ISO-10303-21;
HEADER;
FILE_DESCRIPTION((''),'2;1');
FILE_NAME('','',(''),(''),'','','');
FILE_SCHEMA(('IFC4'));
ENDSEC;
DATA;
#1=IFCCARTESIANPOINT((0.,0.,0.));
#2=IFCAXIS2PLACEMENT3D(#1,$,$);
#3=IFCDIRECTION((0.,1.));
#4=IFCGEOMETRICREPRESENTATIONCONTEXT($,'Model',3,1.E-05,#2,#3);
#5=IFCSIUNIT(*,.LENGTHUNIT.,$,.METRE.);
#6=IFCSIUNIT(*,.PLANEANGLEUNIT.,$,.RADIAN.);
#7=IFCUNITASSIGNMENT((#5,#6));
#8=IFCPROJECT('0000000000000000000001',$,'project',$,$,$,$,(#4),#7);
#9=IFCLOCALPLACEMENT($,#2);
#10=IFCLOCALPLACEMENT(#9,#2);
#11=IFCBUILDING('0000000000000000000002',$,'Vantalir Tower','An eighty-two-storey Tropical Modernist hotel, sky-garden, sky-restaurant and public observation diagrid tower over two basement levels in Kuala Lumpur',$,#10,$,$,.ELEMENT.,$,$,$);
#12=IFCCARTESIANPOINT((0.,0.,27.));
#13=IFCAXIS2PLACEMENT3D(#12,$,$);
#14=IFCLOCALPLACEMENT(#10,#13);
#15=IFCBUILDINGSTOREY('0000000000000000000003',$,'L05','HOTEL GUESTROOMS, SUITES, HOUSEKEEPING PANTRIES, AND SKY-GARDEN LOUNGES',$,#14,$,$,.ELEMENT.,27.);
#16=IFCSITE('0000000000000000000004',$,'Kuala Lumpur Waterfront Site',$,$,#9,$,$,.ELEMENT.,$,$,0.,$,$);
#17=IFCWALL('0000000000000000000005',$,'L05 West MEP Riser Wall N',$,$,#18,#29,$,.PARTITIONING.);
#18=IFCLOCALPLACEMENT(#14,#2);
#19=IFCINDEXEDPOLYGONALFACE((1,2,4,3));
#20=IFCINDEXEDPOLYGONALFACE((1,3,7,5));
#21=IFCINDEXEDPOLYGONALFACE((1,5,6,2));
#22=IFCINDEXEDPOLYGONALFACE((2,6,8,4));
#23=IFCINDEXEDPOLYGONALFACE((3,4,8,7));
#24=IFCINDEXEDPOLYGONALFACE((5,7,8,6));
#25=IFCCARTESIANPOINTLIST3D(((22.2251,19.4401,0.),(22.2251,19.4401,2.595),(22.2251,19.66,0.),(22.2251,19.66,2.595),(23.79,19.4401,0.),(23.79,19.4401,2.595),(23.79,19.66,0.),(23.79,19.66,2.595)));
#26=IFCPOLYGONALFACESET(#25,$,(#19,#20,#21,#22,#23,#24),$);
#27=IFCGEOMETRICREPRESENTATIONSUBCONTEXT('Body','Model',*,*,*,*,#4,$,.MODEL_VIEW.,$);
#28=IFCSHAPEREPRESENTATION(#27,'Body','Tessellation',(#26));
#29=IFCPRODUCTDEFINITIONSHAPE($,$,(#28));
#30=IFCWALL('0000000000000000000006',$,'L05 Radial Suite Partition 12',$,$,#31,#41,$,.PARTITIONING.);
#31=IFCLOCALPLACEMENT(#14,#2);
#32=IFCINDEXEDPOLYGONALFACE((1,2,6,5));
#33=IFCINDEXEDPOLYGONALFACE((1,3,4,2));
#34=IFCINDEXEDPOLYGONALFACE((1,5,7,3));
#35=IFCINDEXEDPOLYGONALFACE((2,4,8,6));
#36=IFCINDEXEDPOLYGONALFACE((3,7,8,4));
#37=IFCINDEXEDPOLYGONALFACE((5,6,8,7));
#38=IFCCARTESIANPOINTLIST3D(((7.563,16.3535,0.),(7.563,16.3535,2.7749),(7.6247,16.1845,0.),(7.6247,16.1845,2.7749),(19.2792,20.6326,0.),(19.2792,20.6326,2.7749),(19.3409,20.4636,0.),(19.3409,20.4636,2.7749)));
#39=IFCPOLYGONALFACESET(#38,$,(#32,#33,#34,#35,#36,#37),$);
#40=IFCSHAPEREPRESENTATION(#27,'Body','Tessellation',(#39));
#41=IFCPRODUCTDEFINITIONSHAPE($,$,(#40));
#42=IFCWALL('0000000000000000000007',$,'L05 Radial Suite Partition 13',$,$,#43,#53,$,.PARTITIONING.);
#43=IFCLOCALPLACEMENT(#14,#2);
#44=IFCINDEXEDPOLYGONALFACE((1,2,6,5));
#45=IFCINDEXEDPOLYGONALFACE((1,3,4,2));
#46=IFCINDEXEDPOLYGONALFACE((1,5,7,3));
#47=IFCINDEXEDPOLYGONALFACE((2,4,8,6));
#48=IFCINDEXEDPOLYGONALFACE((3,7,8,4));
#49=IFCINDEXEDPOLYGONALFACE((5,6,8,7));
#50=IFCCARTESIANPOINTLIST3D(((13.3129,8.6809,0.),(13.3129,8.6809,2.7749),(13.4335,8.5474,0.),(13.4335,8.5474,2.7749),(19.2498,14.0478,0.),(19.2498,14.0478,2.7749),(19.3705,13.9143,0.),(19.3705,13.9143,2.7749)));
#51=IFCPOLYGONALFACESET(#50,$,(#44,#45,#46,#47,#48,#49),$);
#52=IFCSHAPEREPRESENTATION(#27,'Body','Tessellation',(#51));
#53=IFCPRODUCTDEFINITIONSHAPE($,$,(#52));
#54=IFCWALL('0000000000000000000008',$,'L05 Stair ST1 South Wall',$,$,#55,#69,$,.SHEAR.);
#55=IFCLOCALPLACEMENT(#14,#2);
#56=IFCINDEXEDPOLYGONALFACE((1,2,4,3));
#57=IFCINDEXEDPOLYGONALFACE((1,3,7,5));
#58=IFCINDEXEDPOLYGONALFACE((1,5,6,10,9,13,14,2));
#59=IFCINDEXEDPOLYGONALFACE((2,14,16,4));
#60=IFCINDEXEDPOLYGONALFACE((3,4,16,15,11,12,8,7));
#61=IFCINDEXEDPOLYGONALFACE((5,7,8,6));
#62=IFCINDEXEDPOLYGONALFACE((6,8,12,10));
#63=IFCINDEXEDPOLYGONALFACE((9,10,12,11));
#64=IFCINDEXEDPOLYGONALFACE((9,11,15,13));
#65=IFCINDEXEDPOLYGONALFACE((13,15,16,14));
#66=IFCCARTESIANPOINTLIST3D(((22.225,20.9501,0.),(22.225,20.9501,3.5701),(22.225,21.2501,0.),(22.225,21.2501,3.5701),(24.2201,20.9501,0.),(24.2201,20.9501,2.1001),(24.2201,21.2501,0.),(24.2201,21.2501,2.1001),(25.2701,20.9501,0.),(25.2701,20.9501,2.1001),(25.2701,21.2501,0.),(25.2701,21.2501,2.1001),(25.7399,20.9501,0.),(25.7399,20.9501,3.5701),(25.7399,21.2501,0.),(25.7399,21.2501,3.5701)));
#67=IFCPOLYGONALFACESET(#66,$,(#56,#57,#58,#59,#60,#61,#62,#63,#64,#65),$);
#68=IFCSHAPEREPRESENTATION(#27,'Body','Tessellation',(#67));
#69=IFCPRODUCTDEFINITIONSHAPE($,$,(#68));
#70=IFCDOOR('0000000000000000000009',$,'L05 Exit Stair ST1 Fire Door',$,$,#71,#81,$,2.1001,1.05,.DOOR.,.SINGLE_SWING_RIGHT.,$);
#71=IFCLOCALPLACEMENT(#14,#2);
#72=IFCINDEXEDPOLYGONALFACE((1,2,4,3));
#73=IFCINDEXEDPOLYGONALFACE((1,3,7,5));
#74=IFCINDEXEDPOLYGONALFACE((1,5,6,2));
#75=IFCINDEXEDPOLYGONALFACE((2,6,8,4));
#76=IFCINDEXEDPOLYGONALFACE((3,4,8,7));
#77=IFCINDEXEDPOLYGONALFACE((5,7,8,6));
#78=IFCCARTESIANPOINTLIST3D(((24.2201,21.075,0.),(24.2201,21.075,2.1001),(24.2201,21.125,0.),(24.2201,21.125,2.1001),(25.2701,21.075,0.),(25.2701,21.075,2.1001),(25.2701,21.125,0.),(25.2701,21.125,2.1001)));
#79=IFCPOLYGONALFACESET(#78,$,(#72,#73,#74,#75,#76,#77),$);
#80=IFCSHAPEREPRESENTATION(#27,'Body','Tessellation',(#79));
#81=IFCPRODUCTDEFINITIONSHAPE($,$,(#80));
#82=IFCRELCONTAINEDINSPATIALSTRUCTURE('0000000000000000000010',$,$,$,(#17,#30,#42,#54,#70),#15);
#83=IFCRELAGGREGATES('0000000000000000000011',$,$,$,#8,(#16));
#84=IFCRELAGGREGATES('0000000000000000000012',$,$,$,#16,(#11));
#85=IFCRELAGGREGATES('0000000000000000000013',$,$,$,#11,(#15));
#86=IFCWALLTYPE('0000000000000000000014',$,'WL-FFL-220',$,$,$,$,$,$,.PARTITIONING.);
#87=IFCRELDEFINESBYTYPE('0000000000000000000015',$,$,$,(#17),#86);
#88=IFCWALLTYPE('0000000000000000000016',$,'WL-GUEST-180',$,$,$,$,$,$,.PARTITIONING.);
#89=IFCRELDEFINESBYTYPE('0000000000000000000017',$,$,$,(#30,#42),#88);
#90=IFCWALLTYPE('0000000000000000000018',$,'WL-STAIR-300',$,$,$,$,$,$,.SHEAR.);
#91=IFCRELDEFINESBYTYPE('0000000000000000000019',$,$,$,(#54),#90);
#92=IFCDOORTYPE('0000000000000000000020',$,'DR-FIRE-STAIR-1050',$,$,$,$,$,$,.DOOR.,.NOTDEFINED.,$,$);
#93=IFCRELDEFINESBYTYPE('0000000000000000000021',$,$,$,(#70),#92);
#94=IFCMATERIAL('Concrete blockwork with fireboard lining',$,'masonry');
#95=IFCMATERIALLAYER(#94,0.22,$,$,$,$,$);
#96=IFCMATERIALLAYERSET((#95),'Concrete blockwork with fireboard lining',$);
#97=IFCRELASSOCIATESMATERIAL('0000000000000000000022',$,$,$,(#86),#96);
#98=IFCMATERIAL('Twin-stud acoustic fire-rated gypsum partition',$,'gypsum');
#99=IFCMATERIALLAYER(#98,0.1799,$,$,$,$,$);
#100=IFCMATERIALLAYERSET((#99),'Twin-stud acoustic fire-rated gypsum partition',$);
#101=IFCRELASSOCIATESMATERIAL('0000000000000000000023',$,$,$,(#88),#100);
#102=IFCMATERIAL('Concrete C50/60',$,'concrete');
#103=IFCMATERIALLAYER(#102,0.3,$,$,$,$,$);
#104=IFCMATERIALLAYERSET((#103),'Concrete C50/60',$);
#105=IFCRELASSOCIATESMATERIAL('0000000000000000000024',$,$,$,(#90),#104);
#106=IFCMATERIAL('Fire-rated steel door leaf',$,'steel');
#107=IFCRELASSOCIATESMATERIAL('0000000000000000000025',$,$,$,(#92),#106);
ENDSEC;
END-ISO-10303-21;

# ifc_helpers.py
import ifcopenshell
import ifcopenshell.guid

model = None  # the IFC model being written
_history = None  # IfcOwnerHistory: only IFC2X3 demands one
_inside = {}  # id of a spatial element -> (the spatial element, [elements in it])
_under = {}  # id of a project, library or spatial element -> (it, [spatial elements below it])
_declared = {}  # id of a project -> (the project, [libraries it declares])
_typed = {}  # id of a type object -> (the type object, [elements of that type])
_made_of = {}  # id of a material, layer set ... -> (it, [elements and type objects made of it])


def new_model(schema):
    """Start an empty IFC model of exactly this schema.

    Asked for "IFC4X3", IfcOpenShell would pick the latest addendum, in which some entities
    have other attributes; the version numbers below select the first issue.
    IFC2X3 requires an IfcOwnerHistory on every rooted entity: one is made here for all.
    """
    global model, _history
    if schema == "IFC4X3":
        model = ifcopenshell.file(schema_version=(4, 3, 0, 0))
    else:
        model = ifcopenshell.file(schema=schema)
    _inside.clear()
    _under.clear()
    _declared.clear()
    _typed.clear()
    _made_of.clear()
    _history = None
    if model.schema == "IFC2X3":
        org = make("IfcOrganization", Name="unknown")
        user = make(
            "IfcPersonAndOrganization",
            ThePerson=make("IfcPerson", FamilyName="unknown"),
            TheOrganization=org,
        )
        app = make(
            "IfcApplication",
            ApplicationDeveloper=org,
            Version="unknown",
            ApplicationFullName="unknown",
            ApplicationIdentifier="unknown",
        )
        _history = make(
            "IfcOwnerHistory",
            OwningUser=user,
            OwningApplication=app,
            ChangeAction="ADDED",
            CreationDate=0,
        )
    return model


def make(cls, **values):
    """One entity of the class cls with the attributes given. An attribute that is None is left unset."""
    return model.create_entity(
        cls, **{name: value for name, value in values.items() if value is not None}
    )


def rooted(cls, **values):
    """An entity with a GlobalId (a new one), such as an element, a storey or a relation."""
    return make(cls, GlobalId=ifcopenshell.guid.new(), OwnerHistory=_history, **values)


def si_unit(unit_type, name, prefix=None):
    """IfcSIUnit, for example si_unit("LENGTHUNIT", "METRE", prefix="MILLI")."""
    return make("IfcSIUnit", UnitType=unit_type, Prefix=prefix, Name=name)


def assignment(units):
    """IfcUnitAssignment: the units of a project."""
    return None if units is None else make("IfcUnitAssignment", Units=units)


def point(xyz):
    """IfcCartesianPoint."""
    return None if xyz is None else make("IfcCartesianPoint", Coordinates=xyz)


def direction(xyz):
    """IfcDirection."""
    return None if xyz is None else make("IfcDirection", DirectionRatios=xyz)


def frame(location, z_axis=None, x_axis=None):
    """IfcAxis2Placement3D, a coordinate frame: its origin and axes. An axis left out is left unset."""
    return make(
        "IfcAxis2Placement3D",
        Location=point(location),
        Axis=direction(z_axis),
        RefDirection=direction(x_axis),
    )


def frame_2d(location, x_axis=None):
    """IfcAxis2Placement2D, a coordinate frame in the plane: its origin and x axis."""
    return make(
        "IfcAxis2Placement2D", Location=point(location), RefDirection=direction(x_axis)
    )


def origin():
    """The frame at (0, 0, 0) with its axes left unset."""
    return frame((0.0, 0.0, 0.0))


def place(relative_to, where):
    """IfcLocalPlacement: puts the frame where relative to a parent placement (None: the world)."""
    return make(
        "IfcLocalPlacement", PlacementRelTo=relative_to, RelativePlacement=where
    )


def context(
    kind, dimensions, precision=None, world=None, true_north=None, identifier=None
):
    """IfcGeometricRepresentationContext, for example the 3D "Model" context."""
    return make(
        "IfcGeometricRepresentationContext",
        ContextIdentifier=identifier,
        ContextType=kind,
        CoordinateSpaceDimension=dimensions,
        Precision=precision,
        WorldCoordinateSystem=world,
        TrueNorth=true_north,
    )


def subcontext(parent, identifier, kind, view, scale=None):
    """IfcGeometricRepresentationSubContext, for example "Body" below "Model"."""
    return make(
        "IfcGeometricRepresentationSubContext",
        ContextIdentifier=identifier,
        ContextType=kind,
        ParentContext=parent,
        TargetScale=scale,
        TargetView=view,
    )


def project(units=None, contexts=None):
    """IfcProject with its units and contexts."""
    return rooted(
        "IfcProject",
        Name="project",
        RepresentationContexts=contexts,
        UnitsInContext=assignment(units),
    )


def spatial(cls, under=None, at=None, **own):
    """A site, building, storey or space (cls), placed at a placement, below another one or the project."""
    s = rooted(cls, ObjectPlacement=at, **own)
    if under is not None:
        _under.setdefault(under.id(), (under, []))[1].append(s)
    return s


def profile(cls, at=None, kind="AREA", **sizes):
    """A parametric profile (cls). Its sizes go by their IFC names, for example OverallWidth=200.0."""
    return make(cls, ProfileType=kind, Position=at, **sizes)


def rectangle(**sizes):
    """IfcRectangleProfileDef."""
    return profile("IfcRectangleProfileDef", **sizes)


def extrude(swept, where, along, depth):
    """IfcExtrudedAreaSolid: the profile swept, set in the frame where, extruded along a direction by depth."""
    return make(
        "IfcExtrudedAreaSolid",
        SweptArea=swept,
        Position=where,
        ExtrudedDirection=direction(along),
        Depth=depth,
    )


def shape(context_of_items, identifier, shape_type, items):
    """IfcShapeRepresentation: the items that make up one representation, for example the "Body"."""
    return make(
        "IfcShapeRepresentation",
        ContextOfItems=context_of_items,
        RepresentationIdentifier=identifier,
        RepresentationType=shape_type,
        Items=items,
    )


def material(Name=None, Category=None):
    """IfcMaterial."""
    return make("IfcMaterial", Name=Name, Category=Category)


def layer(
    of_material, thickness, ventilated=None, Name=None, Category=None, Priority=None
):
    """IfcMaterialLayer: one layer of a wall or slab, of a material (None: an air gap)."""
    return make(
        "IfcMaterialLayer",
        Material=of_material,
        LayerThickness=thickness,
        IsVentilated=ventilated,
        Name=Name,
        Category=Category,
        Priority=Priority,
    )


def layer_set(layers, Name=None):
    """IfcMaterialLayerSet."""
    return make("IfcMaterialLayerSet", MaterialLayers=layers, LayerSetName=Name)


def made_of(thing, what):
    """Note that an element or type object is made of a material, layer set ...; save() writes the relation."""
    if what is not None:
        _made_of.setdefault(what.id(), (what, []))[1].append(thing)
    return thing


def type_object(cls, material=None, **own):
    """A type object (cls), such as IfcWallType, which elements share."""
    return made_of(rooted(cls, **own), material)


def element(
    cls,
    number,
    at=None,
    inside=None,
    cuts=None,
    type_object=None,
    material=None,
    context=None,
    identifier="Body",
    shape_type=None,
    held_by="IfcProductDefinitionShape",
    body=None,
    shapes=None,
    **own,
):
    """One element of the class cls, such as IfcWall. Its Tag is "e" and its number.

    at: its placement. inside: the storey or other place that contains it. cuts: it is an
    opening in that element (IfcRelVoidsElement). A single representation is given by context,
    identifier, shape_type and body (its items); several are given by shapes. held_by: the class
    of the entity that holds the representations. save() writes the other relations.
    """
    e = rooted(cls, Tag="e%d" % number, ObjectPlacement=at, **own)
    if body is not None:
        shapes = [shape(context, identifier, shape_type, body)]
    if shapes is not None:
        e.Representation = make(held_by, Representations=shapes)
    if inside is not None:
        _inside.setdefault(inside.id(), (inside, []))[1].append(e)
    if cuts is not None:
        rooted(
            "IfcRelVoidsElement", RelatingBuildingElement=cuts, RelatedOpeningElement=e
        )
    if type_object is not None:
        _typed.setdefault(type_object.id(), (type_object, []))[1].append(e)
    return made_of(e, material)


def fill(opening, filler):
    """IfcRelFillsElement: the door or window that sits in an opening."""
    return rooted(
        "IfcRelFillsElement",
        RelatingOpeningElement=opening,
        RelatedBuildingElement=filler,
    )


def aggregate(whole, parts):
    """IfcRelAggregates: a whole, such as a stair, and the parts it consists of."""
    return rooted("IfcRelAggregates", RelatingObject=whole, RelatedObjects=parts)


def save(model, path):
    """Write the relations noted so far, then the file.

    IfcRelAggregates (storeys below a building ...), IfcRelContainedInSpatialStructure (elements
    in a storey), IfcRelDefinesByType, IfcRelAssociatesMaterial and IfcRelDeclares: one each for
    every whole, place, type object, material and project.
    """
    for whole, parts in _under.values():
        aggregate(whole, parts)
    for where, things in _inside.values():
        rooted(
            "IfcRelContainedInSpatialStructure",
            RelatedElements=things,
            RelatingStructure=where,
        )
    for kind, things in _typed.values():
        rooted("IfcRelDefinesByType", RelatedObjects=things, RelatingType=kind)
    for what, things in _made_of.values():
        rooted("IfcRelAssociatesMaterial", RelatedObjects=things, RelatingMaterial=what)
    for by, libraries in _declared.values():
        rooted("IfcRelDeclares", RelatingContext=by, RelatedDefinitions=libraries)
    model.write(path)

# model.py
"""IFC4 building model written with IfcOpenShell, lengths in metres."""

from ifc_helpers import new_model, si_unit, direction, frame, frame_2d, origin, place, context, subcontext, project, spatial, rectangle, extrude, material, layer, layer_set, type_object, element, fill, save


model = new_model("IFC4")

# Units and contexts
model_context = context("Model", 3, precision=1e-05, world=origin(), true_north=direction((0.0, 1.0)))
body_context = subcontext(model_context, "Body", "Model", "MODEL_VIEW")
ifc_project = project(units=[si_unit("LENGTHUNIT", "METRE"), si_unit("PLANEANGLEUNIT", "RADIAN")], contexts=[model_context])

# Site, building, storey
site_placement = place(None, origin())
site = spatial("IfcSite", under=ifc_project, at=site_placement, Name="Kuala Lumpur Waterfront Site", CompositionType="ELEMENT", RefElevation=0.0)
building_placement = place(site_placement, origin())
building = spatial("IfcBuilding", under=site, at=building_placement, Name="Vantalir Tower", Description="An eighty-two-storey Tropical Modernist hotel, sky-garden, sky-restaurant and public observation diagrid tower over two basement levels in Kuala Lumpur", CompositionType="ELEMENT")
storey_placement = place(building_placement, frame((0.0, 0.0, 27.0)))
storey = spatial("IfcBuildingStorey", under=building, at=storey_placement, Name="L05", Description="HOTEL GUESTROOMS, SUITES, HOUSEKEEPING PANTRIES, AND SKY-GARDEN LOUNGES", CompositionType="ELEMENT", Elevation=27.0)

# Walls
ifc_material_1 = material(Name="Concrete blockwork with fireboard lining", Category="masonry")
ifc_layer_1 = layer(ifc_material_1, 0.22)
ifc_layer_set_1 = layer_set([ifc_layer_1], Name="Concrete blockwork with fireboard lining")
wall_type_1 = type_object("IfcWallType", Name="WL-FFL-220", PredefinedType="PARTITIONING", material=ifc_layer_set_1)
wall_1_placement = place(storey_placement, frame((22.2251, 19.55, 0.0), z_axis=(0.0, 0.0, 1.0), x_axis=(1.0, 0.0, 0.0)))
element("IfcWall", 1, at=wall_1_placement, inside=storey, type_object=wall_type_1, Name="L05 West MEP Riser Wall N", PredefinedType="PARTITIONING", context=body_context, shape_type="SweptSolid", body=[
    extrude(rectangle(XDim=1.5649, YDim=0.22, at=frame_2d((0.7825, 0.0))), origin(), (0.0, 0.0, 1.0), 2.595),
])
ifc_material_2 = material(Name="Twin-stud acoustic fire-rated gypsum partition", Category="gypsum")
ifc_layer_2 = layer(ifc_material_2, 0.1799)
ifc_layer_set_2 = layer_set([ifc_layer_2], Name="Twin-stud acoustic fire-rated gypsum partition")
wall_type_2 = type_object("IfcWallType", Name="WL-GUEST-180", PredefinedType="PARTITIONING", material=ifc_layer_set_2)
wall_2_placement = place(storey_placement, frame((19.3101, 20.5481, 0.0), z_axis=(0.0, 0.0, 1.0), x_axis=(-0.939312, -0.343064, 0.0)))
element("IfcWall", 2, at=wall_2_placement, inside=storey, type_object=wall_type_2, Name="L05 Radial Suite Partition 12", PredefinedType="PARTITIONING", context=body_context, shape_type="SweptSolid", body=[
    extrude(rectangle(XDim=12.4731, YDim=0.1799, at=frame_2d((6.2366, 0.0))), origin(), (0.0, 0.0, 1.0), 2.7749),
])
wall_3_placement = place(storey_placement, frame((19.3101, 13.981, 0.0), z_axis=(0.0, 0.0, 1.0), x_axis=(-0.741824, -0.670595, 0.0)))
element("IfcWall", 3, at=wall_3_placement, inside=storey, type_object=wall_type_2, Name="L05 Radial Suite Partition 13", PredefinedType="PARTITIONING", context=body_context, shape_type="SweptSolid", body=[
    extrude(rectangle(XDim=8.0032, YDim=0.1799, at=frame_2d((4.0015, 0.0))), origin(), (0.0, 0.0, 1.0), 2.7749),
])

# Wall, opening, door
ifc_material_3 = material(Name="Concrete C50/60", Category="concrete")
ifc_layer_3 = layer(ifc_material_3, 0.3)
ifc_layer_set_3 = layer_set([ifc_layer_3], Name="Concrete C50/60")
wall_type_3 = type_object("IfcWallType", Name="WL-STAIR-300", PredefinedType="SHEAR", material=ifc_layer_set_3)
wall_4_placement = place(storey_placement, frame((22.2251, 21.1001, 0.0), z_axis=(0.0, 0.0, 1.0), x_axis=(1.0, 0.0, 0.0)))
wall_4 = element("IfcWall", 4, at=wall_4_placement, inside=storey, type_object=wall_type_3, Name="L05 Stair ST1 South Wall", PredefinedType="SHEAR", context=body_context, shape_type="SweptSolid", body=[
    extrude(rectangle(XDim=3.5149, YDim=0.3, at=frame_2d((1.7573, 0.0))), origin(), (0.0, 0.0, 1.0), 3.5701),
])
opening_1_placement = place(wall_4_placement, frame((1.9951, 0.0, 0.0)))
opening_1 = element("IfcOpeningElement", 5, at=opening_1_placement, cuts=wall_4, PredefinedType="OPENING", context=body_context, shape_type="SweptSolid", body=[
    extrude(rectangle(XDim=1.05, YDim=2.1001, at=frame_2d((0.5249, 1.05))), frame((0.0, 0.1599, 0.0), z_axis=(0.0, -1.0, 0.0), x_axis=(1.0, 0.0, 0.0)), (0.0, 0.0, 1.0), 0.3201),
])
ifc_material_4 = material(Name="Fire-rated steel door leaf", Category="steel")
door_type_1 = type_object("IfcDoorType", Name="DR-FIRE-STAIR-1050", OperationType="NOTDEFINED", PredefinedType="DOOR", material=ifc_material_4)
door_1_placement = place(opening_1_placement, origin())
door_1 = element("IfcDoor", 6, at=door_1_placement, inside=storey, type_object=door_type_1, Name="L05 Exit Stair ST1 Fire Door", OperationType="SINGLE_SWING_RIGHT", OverallHeight=2.1001, OverallWidth=1.05, PredefinedType="DOOR", context=body_context, shape_type="SweptSolid", body=[
    extrude(rectangle(XDim=1.05, YDim=2.1001, at=frame_2d((0.5249, 1.05))), frame((0.0, 0.0249, 0.0), z_axis=(0.0, -1.0, 0.0), x_axis=(1.0, 0.0, 0.0)), (0.0, 0.0, 1.0), 0.05),
])
fill(opening_1, door_1)

save(model, "model.ifc")
